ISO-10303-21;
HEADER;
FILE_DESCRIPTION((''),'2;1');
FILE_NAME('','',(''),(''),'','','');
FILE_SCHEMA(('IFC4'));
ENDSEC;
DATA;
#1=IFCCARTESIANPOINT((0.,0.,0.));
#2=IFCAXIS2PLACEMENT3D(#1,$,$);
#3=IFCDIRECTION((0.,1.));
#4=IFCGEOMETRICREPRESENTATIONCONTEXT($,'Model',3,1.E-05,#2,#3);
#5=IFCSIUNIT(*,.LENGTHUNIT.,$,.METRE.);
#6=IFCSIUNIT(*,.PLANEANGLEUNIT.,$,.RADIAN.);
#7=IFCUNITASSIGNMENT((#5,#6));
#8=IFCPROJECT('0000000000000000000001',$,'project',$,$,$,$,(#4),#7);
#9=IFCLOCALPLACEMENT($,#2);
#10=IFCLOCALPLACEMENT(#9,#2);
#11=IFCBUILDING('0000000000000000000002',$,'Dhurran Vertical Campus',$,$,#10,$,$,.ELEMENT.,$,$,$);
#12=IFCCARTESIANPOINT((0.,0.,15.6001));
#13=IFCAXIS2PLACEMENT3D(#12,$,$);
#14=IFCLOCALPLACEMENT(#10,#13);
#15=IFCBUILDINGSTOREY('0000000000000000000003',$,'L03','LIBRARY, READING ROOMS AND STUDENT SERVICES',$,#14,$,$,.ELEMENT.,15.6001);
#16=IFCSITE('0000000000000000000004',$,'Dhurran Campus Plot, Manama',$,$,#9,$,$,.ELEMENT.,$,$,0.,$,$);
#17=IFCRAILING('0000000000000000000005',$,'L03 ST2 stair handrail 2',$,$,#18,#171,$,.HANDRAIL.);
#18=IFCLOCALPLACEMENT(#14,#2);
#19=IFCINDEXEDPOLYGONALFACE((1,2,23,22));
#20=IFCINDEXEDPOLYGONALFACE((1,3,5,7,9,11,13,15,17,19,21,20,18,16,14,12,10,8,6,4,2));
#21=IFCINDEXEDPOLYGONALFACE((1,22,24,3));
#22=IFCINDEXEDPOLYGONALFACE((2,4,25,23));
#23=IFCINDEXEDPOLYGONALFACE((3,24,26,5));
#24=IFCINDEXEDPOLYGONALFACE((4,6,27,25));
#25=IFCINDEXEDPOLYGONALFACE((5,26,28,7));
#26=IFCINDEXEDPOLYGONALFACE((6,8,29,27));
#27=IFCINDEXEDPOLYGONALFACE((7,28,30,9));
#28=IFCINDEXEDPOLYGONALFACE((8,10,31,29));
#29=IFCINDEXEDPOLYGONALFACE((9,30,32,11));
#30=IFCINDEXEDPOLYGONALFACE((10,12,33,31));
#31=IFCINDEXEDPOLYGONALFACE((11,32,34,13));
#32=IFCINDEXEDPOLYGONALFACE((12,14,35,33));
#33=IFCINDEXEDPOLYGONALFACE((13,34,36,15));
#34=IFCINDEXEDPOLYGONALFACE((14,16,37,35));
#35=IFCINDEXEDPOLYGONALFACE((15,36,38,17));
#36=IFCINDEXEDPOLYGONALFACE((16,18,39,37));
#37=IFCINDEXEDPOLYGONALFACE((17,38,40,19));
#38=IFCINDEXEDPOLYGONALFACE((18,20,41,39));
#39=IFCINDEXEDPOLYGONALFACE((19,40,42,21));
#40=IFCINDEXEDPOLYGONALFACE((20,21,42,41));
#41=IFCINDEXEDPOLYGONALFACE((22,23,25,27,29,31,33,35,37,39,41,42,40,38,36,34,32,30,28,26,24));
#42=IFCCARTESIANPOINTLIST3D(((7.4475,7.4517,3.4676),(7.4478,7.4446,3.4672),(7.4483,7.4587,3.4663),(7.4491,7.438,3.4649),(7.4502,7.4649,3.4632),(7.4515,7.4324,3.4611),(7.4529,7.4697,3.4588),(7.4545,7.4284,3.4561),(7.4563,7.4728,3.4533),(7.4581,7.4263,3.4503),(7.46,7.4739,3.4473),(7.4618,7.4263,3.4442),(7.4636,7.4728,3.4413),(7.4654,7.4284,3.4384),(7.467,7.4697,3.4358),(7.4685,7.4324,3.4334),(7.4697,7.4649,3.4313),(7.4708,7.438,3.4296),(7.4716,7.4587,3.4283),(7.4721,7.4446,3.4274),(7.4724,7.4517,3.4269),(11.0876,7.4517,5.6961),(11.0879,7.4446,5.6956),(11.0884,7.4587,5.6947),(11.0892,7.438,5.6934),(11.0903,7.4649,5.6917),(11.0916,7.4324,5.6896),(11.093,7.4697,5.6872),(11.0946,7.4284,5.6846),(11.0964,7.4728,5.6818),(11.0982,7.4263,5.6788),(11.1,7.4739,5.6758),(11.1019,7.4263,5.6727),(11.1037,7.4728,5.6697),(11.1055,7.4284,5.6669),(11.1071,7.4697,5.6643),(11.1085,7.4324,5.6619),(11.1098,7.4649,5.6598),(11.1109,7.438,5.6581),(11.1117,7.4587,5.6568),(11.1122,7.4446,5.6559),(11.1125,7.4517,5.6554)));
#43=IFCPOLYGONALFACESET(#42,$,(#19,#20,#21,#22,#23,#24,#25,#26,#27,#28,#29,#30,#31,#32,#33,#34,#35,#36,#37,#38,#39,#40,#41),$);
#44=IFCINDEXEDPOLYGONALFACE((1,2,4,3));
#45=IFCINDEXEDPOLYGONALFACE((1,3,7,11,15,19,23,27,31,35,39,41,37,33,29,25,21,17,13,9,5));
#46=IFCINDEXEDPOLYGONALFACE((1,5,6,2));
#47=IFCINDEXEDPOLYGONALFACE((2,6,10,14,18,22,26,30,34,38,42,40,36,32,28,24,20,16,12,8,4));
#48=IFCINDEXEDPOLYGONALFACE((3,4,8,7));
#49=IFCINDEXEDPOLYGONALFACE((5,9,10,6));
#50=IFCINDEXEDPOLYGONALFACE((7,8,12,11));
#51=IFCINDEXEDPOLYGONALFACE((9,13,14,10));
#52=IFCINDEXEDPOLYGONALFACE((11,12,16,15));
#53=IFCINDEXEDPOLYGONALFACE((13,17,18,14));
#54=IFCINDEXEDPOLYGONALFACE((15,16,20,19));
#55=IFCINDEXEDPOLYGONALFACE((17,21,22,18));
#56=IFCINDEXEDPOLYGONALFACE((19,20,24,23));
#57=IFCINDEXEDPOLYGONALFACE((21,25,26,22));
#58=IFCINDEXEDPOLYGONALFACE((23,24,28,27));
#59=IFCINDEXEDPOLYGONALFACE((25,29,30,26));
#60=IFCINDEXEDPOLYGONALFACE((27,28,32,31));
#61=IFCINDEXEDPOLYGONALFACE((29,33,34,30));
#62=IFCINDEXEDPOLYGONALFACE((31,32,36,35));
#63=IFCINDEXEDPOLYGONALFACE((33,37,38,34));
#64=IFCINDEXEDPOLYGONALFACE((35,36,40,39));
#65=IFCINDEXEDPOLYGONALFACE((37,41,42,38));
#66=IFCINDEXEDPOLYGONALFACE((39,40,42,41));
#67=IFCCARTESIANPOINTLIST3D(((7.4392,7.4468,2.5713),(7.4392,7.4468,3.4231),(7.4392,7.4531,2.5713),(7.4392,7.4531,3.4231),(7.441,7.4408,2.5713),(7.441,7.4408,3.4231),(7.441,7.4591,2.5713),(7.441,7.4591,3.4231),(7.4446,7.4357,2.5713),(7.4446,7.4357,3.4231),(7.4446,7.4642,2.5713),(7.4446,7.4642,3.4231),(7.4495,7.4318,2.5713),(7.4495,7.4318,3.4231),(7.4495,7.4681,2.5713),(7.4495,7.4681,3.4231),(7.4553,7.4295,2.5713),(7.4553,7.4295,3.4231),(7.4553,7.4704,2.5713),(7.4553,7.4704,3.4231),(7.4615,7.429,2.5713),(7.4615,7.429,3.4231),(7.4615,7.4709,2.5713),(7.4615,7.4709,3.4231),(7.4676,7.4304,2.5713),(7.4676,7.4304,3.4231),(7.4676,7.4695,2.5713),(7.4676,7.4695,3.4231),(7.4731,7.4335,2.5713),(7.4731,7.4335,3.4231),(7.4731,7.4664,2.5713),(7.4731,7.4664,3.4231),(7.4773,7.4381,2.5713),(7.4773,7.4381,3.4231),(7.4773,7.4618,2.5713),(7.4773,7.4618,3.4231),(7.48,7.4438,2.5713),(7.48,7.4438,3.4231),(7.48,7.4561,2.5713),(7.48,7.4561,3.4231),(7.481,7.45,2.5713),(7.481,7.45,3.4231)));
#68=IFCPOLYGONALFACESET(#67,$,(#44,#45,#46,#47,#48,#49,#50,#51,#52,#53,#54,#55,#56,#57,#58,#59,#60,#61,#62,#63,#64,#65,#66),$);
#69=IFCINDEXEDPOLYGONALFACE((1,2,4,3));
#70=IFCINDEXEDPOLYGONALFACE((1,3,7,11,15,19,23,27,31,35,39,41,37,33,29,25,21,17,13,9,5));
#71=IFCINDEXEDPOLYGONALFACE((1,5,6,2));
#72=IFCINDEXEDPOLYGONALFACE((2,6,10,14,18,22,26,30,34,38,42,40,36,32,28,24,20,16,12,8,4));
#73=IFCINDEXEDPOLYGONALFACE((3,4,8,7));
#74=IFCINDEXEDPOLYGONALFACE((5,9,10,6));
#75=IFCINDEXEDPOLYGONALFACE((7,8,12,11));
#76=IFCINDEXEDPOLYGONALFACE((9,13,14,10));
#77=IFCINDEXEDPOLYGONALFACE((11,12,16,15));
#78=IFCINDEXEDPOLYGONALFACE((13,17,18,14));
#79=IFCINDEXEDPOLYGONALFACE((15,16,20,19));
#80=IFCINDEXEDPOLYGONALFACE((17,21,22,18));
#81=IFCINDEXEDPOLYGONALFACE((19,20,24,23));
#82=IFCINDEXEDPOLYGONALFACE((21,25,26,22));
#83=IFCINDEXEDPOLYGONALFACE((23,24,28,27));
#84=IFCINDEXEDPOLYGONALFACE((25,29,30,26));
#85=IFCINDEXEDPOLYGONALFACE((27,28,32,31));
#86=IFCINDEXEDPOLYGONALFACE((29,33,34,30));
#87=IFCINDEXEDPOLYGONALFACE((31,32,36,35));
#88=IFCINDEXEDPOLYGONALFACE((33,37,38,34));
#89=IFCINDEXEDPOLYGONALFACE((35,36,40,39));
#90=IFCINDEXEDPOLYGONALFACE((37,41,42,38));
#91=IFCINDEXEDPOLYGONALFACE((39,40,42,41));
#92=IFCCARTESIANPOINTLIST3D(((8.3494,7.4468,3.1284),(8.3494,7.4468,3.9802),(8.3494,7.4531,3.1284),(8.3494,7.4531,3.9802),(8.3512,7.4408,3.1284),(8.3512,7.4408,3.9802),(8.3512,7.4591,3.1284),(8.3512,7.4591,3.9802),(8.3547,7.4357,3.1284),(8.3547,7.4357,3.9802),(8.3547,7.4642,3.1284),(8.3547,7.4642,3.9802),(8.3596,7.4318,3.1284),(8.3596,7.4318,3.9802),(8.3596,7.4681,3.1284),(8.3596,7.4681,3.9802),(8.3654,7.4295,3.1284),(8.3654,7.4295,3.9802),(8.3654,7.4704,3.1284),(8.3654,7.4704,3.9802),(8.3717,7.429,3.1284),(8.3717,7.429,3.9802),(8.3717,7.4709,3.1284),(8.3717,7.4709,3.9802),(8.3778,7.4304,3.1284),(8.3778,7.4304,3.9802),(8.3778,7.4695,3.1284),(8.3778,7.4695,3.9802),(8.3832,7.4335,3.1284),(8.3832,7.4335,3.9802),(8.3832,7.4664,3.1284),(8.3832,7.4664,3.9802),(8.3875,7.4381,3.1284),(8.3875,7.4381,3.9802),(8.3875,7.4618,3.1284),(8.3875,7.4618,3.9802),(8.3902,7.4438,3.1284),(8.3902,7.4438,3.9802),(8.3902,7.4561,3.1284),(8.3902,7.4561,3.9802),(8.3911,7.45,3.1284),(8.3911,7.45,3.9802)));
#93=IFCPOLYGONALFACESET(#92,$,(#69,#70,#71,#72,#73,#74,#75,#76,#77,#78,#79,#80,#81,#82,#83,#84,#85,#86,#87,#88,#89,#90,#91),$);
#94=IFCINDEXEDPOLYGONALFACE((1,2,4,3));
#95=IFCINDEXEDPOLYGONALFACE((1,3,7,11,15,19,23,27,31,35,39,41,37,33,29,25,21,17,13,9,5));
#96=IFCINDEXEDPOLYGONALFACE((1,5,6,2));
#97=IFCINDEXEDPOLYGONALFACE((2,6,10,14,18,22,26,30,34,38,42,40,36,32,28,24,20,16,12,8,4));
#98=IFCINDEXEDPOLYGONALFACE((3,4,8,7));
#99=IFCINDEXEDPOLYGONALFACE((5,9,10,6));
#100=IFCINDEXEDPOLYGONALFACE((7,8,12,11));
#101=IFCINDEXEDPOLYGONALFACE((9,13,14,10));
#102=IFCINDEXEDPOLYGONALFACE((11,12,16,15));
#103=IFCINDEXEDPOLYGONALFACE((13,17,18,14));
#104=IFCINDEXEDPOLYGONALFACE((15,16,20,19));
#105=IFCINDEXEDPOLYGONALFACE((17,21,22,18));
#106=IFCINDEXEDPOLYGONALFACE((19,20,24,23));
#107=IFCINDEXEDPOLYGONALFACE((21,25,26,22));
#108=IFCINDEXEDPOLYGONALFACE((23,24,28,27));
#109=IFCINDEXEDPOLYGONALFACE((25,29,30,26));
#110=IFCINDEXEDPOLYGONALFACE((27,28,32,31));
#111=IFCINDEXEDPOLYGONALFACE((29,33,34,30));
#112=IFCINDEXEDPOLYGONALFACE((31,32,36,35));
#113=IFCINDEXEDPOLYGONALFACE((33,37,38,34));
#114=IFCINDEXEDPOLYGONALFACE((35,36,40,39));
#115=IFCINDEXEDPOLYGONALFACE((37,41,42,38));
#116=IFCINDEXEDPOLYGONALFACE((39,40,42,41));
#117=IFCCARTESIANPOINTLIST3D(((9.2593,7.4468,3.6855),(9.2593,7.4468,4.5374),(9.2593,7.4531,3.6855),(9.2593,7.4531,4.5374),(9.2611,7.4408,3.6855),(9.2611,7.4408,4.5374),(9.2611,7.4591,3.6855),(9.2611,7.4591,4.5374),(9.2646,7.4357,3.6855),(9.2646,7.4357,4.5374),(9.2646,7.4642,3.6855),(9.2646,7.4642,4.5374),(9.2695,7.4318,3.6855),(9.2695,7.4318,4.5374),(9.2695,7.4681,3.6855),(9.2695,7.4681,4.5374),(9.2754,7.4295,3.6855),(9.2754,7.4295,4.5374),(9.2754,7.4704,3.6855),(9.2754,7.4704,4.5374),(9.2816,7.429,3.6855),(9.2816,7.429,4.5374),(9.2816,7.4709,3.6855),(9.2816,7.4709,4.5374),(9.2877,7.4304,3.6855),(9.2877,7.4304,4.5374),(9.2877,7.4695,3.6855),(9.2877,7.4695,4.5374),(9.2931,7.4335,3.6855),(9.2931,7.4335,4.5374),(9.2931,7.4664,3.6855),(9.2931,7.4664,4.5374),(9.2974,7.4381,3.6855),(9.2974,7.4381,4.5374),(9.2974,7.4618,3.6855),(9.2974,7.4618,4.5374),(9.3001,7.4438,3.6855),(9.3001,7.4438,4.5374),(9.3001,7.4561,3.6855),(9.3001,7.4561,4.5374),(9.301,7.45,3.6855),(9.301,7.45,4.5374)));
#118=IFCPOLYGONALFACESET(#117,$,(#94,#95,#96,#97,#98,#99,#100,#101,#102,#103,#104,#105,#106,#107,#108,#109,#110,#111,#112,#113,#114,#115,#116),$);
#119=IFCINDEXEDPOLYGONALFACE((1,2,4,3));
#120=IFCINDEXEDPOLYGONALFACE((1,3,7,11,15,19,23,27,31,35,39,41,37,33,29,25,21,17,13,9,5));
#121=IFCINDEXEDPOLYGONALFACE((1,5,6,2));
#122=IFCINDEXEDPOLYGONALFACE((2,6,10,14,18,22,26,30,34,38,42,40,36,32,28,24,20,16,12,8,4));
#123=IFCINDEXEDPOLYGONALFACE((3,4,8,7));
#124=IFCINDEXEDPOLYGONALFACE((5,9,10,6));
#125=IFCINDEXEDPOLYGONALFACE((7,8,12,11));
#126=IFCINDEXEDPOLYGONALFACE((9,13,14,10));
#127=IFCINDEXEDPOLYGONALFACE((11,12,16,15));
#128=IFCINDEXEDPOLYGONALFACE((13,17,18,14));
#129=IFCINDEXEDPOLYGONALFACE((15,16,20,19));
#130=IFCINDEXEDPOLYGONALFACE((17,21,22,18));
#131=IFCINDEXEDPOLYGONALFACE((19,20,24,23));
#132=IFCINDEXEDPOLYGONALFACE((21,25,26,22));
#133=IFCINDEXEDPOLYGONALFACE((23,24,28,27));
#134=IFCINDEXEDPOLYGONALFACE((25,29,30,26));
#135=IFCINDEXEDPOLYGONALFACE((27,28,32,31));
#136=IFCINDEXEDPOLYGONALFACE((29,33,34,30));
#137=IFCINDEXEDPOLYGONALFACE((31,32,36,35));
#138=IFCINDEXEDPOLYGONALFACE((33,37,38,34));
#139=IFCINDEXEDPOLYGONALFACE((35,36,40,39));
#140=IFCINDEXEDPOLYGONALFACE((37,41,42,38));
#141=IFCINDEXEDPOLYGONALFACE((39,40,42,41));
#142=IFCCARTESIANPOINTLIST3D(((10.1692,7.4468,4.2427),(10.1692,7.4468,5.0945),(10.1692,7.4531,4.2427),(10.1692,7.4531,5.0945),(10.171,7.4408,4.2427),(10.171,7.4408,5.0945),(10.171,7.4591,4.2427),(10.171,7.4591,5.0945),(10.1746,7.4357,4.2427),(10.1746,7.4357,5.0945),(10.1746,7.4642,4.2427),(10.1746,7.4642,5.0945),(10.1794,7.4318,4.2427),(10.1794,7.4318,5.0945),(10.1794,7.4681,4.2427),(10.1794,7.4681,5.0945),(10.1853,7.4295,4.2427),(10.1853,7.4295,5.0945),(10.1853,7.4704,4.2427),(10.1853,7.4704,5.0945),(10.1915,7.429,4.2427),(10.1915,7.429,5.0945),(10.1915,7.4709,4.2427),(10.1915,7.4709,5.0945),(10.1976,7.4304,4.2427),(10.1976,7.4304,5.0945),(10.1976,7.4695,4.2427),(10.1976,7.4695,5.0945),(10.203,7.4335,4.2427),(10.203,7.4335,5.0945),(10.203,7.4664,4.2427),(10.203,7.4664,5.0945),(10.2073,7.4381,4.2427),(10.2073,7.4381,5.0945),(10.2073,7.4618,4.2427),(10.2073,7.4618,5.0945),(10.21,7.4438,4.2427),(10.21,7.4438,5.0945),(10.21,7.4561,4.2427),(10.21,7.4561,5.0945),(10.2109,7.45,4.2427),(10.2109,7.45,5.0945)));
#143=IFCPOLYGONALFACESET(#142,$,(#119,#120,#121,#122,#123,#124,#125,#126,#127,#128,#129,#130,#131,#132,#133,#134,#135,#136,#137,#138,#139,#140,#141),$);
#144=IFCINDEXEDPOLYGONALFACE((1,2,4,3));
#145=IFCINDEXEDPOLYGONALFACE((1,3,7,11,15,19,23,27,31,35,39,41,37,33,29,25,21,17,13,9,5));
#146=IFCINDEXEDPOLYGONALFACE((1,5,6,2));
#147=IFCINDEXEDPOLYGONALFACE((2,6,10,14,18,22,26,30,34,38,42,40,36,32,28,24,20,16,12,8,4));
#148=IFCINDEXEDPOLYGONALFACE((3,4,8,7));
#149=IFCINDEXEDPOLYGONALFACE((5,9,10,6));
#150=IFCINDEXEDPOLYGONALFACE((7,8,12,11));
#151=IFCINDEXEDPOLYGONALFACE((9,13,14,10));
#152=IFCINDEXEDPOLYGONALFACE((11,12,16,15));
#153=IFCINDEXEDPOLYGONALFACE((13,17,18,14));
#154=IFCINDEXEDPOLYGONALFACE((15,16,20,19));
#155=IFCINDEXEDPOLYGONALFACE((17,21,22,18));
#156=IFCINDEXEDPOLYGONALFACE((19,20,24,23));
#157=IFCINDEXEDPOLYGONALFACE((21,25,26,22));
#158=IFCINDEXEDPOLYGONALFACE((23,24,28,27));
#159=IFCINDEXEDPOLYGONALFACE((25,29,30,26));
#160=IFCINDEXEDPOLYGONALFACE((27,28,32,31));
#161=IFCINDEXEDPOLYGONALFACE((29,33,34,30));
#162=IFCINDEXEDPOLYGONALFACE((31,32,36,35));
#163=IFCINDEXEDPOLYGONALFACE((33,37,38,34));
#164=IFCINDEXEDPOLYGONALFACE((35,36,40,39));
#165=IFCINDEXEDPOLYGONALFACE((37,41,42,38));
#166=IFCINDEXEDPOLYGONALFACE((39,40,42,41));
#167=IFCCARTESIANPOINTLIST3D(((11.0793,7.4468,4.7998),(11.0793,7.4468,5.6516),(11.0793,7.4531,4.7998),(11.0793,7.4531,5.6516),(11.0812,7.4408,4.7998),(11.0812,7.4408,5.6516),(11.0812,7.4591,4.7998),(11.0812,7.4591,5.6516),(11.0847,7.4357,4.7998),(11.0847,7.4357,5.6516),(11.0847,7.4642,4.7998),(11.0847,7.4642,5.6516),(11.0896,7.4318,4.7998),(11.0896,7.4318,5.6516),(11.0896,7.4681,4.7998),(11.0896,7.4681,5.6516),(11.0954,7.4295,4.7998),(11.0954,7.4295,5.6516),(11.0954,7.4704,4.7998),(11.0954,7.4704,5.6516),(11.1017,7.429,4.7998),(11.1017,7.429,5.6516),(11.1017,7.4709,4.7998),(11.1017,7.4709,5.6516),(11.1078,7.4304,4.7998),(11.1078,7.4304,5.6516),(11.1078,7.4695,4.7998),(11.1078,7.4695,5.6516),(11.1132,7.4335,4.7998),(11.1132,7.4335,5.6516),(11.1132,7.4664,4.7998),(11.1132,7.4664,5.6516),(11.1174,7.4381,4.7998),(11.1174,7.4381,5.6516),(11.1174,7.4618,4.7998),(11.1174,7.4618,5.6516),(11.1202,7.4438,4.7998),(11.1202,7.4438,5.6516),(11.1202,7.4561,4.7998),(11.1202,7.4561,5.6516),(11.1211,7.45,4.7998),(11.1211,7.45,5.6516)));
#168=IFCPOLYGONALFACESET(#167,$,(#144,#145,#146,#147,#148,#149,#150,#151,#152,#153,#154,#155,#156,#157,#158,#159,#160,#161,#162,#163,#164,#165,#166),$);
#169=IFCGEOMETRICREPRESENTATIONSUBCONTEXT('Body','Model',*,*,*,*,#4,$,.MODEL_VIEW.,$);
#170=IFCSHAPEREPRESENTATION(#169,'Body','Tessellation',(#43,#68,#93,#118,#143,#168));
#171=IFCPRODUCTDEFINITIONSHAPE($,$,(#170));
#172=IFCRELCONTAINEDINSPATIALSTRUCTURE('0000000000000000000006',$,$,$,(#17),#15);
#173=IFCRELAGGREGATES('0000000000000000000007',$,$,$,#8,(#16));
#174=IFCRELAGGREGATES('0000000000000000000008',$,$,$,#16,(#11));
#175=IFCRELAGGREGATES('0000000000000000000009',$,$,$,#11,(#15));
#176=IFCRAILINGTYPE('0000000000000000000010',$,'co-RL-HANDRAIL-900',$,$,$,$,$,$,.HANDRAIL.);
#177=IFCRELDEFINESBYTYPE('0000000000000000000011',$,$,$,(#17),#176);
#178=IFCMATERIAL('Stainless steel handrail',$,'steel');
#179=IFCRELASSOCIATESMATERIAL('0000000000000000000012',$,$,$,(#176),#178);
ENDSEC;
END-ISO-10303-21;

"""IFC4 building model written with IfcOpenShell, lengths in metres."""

from ifc_helpers import new_model, si_unit, direction, frame, origin, origin_2d, place, context, subcontext, project, spatial, circle, extrude, material, type_object, element, save


model = new_model("IFC4")

# Units and contexts
model_context = context("Model", 3, precision=1e-05, world=origin(), true_north=direction((0.0, 1.0)))
body_context = subcontext(model_context, "Body", "Model", "MODEL_VIEW")
ifc_project = project(units=[si_unit("LENGTHUNIT", "METRE"), si_unit("PLANEANGLEUNIT", "RADIAN")], contexts=[model_context])

# Site, building, storey
site_placement = place(None, origin())
site = spatial("IfcSite", under=ifc_project, at=site_placement, Name="Dhurran Campus Plot, Manama", CompositionType="ELEMENT", RefElevation=0.0)
building_placement = place(site_placement, origin())
building = spatial("IfcBuilding", under=site, at=building_placement, Name="Dhurran Vertical Campus", CompositionType="ELEMENT")
storey_placement = place(building_placement, frame((0.0, 0.0, 15.6001)))
storey = spatial("IfcBuildingStorey", under=building, at=storey_placement, Name="L03", Description="LIBRARY, READING ROOMS AND STUDENT SERVICES", CompositionType="ELEMENT", Elevation=15.6001)

# Railing
ifc_material_1 = material(Name="Stainless steel handrail", Category="steel")
railing_type_1 = type_object("IfcRailingType", Name="co-RL-HANDRAIL-900", PredefinedType="HANDRAIL", material=ifc_material_1)
railing_1_placement = place(storey_placement, frame((7.46, 7.45, 2.5713)))
element("IfcRailing", 1, at=railing_1_placement, inside=storey, type_object=railing_type_1, Name="L03 ST2 stair handrail 2", PredefinedType="HANDRAIL", context=body_context, shape_type="SweptSolid", body=[
    extrude(circle(Radius=0.0239, at=origin_2d()), frame((0.0, 0.0, 0.876), z_axis=(0.852866, 0.0, 0.52213), x_axis=(0.0, 1.0, 0.0)), (0.0, 0.0, 1.0), 4.2681),
    extrude(circle(Radius=0.021, at=origin_2d()), origin(), (0.0, 0.0, 1.0), 0.8518),
    extrude(circle(Radius=0.021, at=origin_2d()), frame((0.9102, 0.0, 0.5571)), (0.0, 0.0, 1.0), 0.8518),
    extrude(circle(Radius=0.021, at=origin_2d()), frame((1.8201, 0.0, 1.1143)), (0.0, 0.0, 1.0), 0.8518),
    extrude(circle(Radius=0.021, at=origin_2d()), frame((2.73, 0.0, 1.6714)), (0.0, 0.0, 1.0), 0.8518),
    extrude(circle(Radius=0.021, at=origin_2d()), frame((3.6401, 0.0, 2.2285)), (0.0, 0.0, 1.0), 0.8518),
])

save(model, "model.ifc")
